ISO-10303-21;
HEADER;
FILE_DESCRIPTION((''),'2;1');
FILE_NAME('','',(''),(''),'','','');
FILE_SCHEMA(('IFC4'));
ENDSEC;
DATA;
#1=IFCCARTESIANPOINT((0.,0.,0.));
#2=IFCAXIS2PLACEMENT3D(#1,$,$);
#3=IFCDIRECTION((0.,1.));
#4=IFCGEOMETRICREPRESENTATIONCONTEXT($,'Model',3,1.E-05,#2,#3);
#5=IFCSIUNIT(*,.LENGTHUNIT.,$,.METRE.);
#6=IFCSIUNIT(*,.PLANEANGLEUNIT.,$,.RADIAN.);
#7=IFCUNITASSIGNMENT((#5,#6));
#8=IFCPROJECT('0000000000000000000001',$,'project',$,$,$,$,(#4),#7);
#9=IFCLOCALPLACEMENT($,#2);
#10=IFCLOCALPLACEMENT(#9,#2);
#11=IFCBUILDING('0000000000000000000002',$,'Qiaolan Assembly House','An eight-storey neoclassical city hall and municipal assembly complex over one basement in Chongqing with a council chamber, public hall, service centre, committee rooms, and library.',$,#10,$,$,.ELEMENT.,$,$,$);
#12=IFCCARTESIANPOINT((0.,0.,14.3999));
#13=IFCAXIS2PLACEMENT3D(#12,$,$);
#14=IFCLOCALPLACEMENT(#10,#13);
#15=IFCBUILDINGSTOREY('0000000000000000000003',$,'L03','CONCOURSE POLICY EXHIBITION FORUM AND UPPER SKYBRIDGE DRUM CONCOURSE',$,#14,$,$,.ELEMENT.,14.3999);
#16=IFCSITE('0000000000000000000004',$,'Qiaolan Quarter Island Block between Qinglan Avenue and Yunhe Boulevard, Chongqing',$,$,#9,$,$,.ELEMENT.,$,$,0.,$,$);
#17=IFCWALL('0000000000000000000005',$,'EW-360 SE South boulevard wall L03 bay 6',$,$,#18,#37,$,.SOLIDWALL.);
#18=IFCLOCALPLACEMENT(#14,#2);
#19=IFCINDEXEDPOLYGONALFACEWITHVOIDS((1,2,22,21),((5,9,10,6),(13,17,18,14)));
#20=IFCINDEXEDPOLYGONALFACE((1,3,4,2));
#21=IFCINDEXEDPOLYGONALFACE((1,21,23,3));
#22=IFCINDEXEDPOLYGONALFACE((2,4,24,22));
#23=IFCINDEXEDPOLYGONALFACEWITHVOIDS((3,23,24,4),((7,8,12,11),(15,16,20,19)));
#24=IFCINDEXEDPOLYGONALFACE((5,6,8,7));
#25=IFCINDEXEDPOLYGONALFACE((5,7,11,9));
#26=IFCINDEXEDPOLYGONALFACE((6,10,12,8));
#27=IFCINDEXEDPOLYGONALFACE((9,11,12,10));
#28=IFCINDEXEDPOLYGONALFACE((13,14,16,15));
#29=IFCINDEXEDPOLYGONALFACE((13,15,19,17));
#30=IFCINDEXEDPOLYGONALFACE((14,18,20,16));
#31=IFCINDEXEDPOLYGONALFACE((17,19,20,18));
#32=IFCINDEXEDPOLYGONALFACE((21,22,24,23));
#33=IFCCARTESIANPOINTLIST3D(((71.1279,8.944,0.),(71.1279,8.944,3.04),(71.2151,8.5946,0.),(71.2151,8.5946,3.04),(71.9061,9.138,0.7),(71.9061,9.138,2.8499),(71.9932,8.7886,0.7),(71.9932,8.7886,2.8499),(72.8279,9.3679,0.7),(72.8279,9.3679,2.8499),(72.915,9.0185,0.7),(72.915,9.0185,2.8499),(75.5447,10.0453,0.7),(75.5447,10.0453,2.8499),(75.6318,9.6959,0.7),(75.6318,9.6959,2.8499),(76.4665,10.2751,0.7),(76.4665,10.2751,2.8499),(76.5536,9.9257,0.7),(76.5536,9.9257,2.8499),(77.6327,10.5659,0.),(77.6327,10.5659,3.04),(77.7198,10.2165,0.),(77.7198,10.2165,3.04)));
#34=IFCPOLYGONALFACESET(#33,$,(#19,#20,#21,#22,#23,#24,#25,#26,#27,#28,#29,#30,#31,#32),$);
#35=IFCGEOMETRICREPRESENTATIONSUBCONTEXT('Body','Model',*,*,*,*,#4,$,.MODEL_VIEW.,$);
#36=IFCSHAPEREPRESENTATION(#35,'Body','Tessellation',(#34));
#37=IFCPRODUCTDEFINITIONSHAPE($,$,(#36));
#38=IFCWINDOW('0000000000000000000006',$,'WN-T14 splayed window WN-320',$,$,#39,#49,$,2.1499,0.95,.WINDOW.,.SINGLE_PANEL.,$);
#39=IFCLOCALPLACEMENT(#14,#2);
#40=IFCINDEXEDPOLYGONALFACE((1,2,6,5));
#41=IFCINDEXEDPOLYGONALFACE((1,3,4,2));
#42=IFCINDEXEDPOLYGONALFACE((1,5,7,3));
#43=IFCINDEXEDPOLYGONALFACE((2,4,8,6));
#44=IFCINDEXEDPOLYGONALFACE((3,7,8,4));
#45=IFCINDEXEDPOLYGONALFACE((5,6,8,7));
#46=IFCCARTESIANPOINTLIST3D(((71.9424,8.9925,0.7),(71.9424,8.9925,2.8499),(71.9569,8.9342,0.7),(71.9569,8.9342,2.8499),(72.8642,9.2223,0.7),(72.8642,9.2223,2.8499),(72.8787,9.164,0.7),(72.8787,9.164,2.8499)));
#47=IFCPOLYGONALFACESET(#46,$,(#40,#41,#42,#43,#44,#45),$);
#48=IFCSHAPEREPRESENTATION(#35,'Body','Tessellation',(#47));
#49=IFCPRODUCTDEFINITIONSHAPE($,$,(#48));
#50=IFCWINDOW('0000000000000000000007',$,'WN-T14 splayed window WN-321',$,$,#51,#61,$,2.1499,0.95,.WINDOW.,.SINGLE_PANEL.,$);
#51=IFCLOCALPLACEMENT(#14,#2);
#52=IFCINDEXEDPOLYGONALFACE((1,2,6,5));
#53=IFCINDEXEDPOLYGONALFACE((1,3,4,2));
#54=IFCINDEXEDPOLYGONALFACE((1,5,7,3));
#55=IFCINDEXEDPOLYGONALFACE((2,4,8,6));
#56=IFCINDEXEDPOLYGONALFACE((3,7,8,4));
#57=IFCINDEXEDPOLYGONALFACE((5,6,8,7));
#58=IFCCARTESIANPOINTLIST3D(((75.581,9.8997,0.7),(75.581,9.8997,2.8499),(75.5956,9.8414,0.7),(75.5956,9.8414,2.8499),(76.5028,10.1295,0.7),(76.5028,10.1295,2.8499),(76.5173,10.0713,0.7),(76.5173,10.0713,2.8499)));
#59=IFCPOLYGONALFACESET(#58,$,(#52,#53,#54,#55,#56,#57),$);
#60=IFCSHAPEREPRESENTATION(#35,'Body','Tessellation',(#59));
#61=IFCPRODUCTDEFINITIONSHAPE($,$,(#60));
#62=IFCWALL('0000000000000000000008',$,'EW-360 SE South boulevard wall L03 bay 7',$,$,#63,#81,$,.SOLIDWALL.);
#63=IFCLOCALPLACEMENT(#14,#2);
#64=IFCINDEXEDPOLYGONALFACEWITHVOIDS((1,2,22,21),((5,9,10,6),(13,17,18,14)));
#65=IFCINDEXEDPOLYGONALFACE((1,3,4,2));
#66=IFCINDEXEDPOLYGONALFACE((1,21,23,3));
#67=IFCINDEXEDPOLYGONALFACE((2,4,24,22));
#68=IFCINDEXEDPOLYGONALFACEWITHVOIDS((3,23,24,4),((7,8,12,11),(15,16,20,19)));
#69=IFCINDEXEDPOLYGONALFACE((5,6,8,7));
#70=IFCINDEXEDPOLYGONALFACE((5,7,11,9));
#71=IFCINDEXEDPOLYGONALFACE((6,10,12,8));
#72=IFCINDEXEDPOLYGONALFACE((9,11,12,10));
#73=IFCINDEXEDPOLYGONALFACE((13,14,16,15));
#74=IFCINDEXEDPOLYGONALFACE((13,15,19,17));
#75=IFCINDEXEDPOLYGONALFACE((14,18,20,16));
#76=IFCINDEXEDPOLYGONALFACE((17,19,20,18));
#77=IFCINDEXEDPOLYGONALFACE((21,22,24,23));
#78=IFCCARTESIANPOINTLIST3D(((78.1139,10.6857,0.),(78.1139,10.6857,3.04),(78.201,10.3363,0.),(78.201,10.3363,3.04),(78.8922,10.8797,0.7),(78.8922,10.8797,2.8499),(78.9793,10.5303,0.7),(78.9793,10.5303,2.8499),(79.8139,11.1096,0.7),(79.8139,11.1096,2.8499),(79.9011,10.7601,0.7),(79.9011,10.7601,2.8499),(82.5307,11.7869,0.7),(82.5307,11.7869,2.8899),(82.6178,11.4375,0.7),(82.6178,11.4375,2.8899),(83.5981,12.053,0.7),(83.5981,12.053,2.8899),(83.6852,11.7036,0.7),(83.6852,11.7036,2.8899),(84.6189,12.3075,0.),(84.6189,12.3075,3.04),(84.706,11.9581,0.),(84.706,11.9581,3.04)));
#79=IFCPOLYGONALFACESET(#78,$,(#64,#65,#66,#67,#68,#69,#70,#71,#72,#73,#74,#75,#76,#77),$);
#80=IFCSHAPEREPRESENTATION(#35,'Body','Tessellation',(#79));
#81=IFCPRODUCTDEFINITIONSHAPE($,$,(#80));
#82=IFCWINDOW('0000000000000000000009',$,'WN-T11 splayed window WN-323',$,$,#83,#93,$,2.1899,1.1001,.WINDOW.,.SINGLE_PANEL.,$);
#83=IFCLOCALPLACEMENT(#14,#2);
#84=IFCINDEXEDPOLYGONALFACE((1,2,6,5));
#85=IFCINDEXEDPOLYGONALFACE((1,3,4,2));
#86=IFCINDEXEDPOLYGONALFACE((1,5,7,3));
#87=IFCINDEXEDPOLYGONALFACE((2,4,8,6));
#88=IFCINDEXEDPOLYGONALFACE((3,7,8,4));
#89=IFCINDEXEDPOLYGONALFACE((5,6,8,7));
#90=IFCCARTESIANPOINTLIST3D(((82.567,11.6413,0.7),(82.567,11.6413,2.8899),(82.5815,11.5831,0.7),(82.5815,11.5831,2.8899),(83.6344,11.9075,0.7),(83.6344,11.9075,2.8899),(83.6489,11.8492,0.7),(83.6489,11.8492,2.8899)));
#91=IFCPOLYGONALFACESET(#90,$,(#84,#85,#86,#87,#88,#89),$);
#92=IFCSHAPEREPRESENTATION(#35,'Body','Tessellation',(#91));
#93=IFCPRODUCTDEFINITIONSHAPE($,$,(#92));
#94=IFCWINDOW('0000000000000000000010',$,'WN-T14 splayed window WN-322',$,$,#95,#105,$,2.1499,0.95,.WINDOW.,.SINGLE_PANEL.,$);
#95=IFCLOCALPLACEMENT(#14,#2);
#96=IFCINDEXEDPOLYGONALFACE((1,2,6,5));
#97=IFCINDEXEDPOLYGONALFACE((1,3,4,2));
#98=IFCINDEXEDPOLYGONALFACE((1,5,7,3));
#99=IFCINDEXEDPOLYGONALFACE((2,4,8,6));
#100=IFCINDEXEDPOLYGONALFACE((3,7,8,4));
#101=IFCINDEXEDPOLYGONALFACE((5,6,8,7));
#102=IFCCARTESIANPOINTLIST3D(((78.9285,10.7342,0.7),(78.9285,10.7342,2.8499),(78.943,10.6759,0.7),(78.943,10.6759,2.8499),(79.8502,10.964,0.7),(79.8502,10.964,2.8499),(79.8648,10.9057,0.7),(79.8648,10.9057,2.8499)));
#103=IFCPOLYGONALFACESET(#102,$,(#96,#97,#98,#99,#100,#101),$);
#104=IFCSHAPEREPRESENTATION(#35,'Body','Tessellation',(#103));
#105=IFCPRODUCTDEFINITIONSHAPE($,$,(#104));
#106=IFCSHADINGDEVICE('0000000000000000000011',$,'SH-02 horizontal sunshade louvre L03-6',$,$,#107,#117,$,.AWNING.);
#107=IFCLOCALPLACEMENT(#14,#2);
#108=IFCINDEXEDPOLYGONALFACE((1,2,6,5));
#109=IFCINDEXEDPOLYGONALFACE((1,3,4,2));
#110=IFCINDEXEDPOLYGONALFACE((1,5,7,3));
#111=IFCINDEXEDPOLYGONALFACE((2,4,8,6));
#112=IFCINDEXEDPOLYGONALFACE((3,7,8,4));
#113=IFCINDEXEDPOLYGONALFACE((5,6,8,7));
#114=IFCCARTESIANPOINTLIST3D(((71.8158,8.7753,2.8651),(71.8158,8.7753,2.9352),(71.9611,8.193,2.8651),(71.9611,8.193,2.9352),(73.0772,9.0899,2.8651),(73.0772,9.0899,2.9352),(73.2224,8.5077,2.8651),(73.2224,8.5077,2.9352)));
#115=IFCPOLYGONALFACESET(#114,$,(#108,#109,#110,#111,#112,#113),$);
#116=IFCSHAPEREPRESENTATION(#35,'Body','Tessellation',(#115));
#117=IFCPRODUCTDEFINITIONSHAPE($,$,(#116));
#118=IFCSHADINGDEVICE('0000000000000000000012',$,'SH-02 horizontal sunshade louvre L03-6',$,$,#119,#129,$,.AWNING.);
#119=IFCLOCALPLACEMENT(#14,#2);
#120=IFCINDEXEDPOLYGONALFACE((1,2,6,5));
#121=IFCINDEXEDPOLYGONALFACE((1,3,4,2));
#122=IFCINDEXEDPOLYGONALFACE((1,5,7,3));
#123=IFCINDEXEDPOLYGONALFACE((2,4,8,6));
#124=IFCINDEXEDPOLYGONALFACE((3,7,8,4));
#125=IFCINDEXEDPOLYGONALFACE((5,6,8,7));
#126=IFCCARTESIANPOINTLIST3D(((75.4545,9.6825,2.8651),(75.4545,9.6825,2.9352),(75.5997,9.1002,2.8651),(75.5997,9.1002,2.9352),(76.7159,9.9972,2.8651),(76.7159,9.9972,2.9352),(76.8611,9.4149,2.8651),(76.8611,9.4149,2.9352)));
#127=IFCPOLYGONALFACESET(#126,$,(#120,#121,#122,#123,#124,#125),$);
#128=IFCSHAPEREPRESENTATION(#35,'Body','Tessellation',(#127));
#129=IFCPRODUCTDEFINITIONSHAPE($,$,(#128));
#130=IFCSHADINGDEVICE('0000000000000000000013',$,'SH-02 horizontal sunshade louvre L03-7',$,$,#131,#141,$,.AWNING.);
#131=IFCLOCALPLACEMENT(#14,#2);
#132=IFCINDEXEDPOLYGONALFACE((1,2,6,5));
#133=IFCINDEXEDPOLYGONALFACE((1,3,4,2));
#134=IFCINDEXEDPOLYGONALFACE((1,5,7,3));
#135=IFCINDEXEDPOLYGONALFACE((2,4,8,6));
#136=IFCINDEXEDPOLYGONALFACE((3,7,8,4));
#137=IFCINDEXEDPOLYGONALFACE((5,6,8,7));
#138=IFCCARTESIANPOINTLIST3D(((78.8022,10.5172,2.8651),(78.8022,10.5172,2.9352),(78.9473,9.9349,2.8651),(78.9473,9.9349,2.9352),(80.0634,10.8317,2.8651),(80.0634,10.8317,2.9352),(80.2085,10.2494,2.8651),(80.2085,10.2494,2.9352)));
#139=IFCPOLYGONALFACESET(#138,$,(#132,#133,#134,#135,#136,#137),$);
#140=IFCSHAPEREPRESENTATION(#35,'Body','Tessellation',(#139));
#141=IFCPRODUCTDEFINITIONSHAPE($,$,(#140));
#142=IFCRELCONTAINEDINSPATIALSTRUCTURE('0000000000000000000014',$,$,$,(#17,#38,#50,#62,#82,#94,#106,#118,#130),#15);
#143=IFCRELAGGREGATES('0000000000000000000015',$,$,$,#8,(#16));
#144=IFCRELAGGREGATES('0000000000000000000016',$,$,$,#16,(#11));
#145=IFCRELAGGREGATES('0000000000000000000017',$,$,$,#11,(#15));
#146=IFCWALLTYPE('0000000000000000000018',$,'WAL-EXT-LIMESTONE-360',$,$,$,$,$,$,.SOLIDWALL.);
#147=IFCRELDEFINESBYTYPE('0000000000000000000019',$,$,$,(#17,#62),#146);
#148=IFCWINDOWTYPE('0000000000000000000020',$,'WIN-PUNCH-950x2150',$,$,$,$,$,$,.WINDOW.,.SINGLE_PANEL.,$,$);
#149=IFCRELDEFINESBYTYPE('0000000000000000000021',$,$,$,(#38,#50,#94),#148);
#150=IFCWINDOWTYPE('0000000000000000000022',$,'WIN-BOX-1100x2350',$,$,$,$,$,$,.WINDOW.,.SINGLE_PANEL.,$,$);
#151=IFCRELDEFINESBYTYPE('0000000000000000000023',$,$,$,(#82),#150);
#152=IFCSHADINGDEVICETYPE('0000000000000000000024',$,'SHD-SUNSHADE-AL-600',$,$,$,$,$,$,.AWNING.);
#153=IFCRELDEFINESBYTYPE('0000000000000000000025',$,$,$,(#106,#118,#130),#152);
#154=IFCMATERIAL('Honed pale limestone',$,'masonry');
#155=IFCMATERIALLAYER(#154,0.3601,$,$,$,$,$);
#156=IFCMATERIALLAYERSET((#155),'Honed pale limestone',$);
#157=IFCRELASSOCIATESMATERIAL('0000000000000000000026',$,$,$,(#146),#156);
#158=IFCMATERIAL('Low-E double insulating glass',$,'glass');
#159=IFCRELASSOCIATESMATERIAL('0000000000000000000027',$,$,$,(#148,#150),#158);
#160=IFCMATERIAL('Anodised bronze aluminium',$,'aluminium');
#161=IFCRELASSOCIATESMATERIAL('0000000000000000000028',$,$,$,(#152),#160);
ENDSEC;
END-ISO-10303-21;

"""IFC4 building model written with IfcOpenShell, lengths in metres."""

from ifc_helpers import new_model, si_unit, direction, frame, frame_2d, origin, origin_2d, place, context, subcontext, project, spatial, rectangle, extrude, material, layer, layer_set, material_profile, profile_set, type_object, element, fill, save


model = new_model("IFC4")

# Units and contexts
model_context = context("Model", 3, precision=1e-05, world=origin(), true_north=direction((0.0, 1.0)))
body_context = subcontext(model_context, "Body", "Model", "MODEL_VIEW")
ifc_project = project(units=[si_unit("LENGTHUNIT", "METRE"), si_unit("PLANEANGLEUNIT", "RADIAN")], contexts=[model_context])

# Site, building, storey
site_placement = place(None, origin())
site = spatial("IfcSite", under=ifc_project, at=site_placement, Name="Qiaolan Quarter Island Block between Qinglan Avenue and Yunhe Boulevard, Chongqing", CompositionType="ELEMENT", RefElevation=0.0)
building_placement = place(site_placement, origin())
building = spatial("IfcBuilding", under=site, at=building_placement, Name="Qiaolan Assembly House", Description="An eight-storey neoclassical city hall and municipal assembly complex over one basement in Chongqing with a council chamber, public hall, service centre, committee rooms, and library.", CompositionType="ELEMENT")
storey_placement = place(building_placement, frame((0.0, 0.0, 14.3999)))
storey = spatial("IfcBuildingStorey", under=building, at=storey_placement, Name="L03", Description="CONCOURSE POLICY EXHIBITION FORUM AND UPPER SKYBRIDGE DRUM CONCOURSE", CompositionType="ELEMENT", Elevation=14.3999)

# Walls, openings, windows
ifc_material_1 = material(Name="Honed pale limestone", Category="masonry")
ifc_layer_1 = layer(ifc_material_1, 0.3601)
ifc_layer_set_1 = layer_set([ifc_layer_1], Name="Honed pale limestone")
wall_type_1 = type_object("IfcWallType", Name="WAL-EXT-LIMESTONE-360", PredefinedType="SOLIDWALL", material=ifc_layer_set_1)
wall_1_placement = place(storey_placement, frame((71.1714, 8.7693, 0.0), z_axis=(0.0, 0.0, 1.0), x_axis=(0.970294, 0.241927, 0.0)))
wall_1 = element("IfcWall", 1, at=wall_1_placement, inside=storey, type_object=wall_type_1, Name="EW-360 SE South boulevard wall L03 bay 6", PredefinedType="SOLIDWALL", context=body_context, shape_type="SweptSolid", body=[
    extrude(rectangle(XDim=6.7039, YDim=0.3601, at=frame_2d((3.3521, 0.0))), origin(), (0.0, 0.0, 1.0), 3.04),
])
opening_1_placement = place(wall_1_placement, frame((0.802, 0.0, 0.7)))
opening_1 = element("IfcOpeningElement", 2, at=opening_1_placement, cuts=wall_1, PredefinedType="OPENING", context=body_context, shape_type="SweptSolid", body=[
    extrude(rectangle(XDim=0.95, YDim=2.1499, at=frame_2d((0.4751, 1.075))), frame((0.0, 0.1899, 0.0), z_axis=(0.0, -1.0, 0.0), x_axis=(1.0, 0.0, 0.0)), (0.0, 0.0, 1.0), 0.3801),
])
opening_2_placement = place(wall_1_placement, frame((4.552, 0.0, 0.7)))
opening_2 = element("IfcOpeningElement", 3, at=opening_2_placement, cuts=wall_1, PredefinedType="OPENING", context=body_context, shape_type="SweptSolid", body=[
    extrude(rectangle(XDim=0.95, YDim=2.1499, at=frame_2d((0.4751, 1.075))), frame((0.0, 0.1899, 0.0), z_axis=(0.0, -1.0, 0.0), x_axis=(1.0, 0.0, 0.0)), (0.0, 0.0, 1.0), 0.3801),
])
ifc_material_2 = material(Name="Low-E double insulating glass", Category="glass")
window_type_1 = type_object("IfcWindowType", Name="WIN-PUNCH-950x2150", PartitioningType="SINGLE_PANEL", PredefinedType="WINDOW", material=ifc_material_2)
window_1_placement = place(opening_1_placement, origin())
window_1 = element("IfcWindow", 4, at=window_1_placement, inside=storey, type_object=window_type_1, Name="WN-T14 splayed window WN-320", OverallHeight=2.1499, OverallWidth=0.95, PartitioningType="SINGLE_PANEL", PredefinedType="WINDOW", context=body_context, shape_type="SweptSolid", body=[
    extrude(rectangle(XDim=0.95, YDim=2.1499, at=frame_2d((0.4751, 1.075))), frame((0.0, 0.03, 0.0), z_axis=(0.0, -1.0, 0.0), x_axis=(1.0, 0.0, 0.0)), (0.0, 0.0, 1.0), 0.0601),
])
fill(opening_1, window_1)
window_2_placement = place(opening_2_placement, origin())
window_2 = element("IfcWindow", 5, at=window_2_placement, inside=storey, type_object=window_type_1, Name="WN-T14 splayed window WN-321", OverallHeight=2.1499, OverallWidth=0.95, PartitioningType="SINGLE_PANEL", PredefinedType="WINDOW", context=body_context, shape_type="SweptSolid", body=[
    extrude(rectangle(XDim=0.95, YDim=2.1499, at=frame_2d((0.4751, 1.075))), frame((0.0, 0.03, 0.0), z_axis=(0.0, -1.0, 0.0), x_axis=(1.0, 0.0, 0.0)), (0.0, 0.0, 1.0), 0.0601),
])
fill(opening_2, window_2)
wall_2_placement = place(storey_placement, frame((78.1575, 10.511, 0.0), z_axis=(0.0, 0.0, 1.0), x_axis=(0.970297, 0.241919, 0.0)))
wall_2 = element("IfcWall", 6, at=wall_2_placement, inside=storey, type_object=wall_type_1, Name="EW-360 SE South boulevard wall L03 bay 7", PredefinedType="SOLIDWALL", context=body_context, shape_type="SweptSolid", body=[
    extrude(rectangle(XDim=6.7041, YDim=0.3601, at=frame_2d((3.3521, 0.0))), origin(), (0.0, 0.0, 1.0), 3.04),
])
opening_3_placement = place(wall_2_placement, frame((0.802, 0.0, 0.7)))
opening_3 = element("IfcOpeningElement", 7, at=opening_3_placement, cuts=wall_2, PredefinedType="OPENING", context=body_context, shape_type="SweptSolid", body=[
    extrude(rectangle(XDim=0.95, YDim=2.1499, at=frame_2d((0.4751, 1.075))), frame((0.0, 0.1899, 0.0), z_axis=(0.0, -1.0, 0.0), x_axis=(1.0, 0.0, 0.0)), (0.0, 0.0, 1.0), 0.3801),
])
opening_4_placement = place(wall_2_placement, frame((4.552, 0.0, 0.7)))
opening_4 = element("IfcOpeningElement", 8, at=opening_4_placement, cuts=wall_2, PredefinedType="OPENING", context=body_context, shape_type="SweptSolid", body=[
    extrude(rectangle(XDim=1.1001, YDim=2.1899, at=frame_2d((0.55, 1.095))), frame((0.0, 0.1899, 0.0), z_axis=(0.0, -1.0, 0.0), x_axis=(1.0, 0.0, 0.0)), (0.0, 0.0, 1.0), 0.3801),
])
window_type_2 = type_object("IfcWindowType", Name="WIN-BOX-1100x2350", PartitioningType="SINGLE_PANEL", PredefinedType="WINDOW", material=ifc_material_2)
window_3_placement = place(opening_4_placement, origin())
window_3 = element("IfcWindow", 9, at=window_3_placement, inside=storey, type_object=window_type_2, Name="WN-T11 splayed window WN-323", OverallHeight=2.1899, OverallWidth=1.1001, PartitioningType="SINGLE_PANEL", PredefinedType="WINDOW", context=body_context, shape_type="SweptSolid", body=[
    extrude(rectangle(XDim=1.1001, YDim=2.1899, at=frame_2d((0.55, 1.095))), frame((0.0, 0.03, 0.0), z_axis=(0.0, -1.0, 0.0), x_axis=(1.0, 0.0, 0.0)), (0.0, 0.0, 1.0), 0.0601),
])
fill(opening_4, window_3)
window_4_placement = place(opening_3_placement, origin())
window_4 = element("IfcWindow", 10, at=window_4_placement, inside=storey, type_object=window_type_1, Name="WN-T14 splayed window WN-322", OverallHeight=2.1499, OverallWidth=0.95, PartitioningType="SINGLE_PANEL", PredefinedType="WINDOW", context=body_context, shape_type="SweptSolid", body=[
    extrude(rectangle(XDim=0.95, YDim=2.1499, at=frame_2d((0.4751, 1.075))), frame((0.0, 0.03, 0.0), z_axis=(0.0, -1.0, 0.0), x_axis=(1.0, 0.0, 0.0)), (0.0, 0.0, 1.0), 0.0601),
])
fill(opening_3, window_4)

# Shading devices
ifc_material_3 = material(Name="Anodised bronze aluminium", Category="aluminium")
ifc_material_profile_1 = material_profile(ifc_material_3, rectangle(XDim=0.6001, YDim=0.0701, at=origin_2d()), Name="SHD 600x70")
ifc_profile_set_1 = profile_set([ifc_material_profile_1], Name="Anodised bronze aluminium")
shading_device_type = type_object("IfcShadingDeviceType", Name="SHD-SUNSHADE-AL-600", PredefinedType="AWNING", material=ifc_profile_set_1)
for number, where, z_axis, x_axis, name in (
    (11, (71.8884, 8.4841, 2.9001), (0.970264, 0.24205, 0.0), (-0.24205, 0.970264, 0.0), "SH-02 horizontal sunshade louvre L03-6"),
    (12, (75.5271, 9.3914, 2.9001), (0.970264, 0.24205, 0.0), (-0.24205, 0.970264, 0.0), "SH-02 horizontal sunshade louvre L03-6"),
):
    element("IfcShadingDevice", number, at=place(storey_placement, frame(where, z_axis=z_axis, x_axis=x_axis)), inside=storey, type_object=shading_device_type, Name=name, PredefinedType="AWNING", context=body_context, shape_type="SweptSolid", body=[
        extrude(rectangle(XDim=0.6001, YDim=0.0701, at=origin_2d()), origin(), (0.0, 0.0, 1.0), 1.3),
    ])
shading_device_placement = place(storey_placement, frame((78.8748, 10.2261, 2.9001), z_axis=(0.970297, 0.241917, 0.0), x_axis=(-0.241917, 0.970297, 0.0)))
element("IfcShadingDevice", 13, at=shading_device_placement, inside=storey, type_object=shading_device_type, Name="SH-02 horizontal sunshade louvre L03-7", PredefinedType="AWNING", context=body_context, shape_type="SweptSolid", body=[
    extrude(rectangle(XDim=0.6001, YDim=0.0701, at=origin_2d()), origin(), (0.0, 0.0, 1.0), 1.2998),
])

save(model, "model.ifc")
